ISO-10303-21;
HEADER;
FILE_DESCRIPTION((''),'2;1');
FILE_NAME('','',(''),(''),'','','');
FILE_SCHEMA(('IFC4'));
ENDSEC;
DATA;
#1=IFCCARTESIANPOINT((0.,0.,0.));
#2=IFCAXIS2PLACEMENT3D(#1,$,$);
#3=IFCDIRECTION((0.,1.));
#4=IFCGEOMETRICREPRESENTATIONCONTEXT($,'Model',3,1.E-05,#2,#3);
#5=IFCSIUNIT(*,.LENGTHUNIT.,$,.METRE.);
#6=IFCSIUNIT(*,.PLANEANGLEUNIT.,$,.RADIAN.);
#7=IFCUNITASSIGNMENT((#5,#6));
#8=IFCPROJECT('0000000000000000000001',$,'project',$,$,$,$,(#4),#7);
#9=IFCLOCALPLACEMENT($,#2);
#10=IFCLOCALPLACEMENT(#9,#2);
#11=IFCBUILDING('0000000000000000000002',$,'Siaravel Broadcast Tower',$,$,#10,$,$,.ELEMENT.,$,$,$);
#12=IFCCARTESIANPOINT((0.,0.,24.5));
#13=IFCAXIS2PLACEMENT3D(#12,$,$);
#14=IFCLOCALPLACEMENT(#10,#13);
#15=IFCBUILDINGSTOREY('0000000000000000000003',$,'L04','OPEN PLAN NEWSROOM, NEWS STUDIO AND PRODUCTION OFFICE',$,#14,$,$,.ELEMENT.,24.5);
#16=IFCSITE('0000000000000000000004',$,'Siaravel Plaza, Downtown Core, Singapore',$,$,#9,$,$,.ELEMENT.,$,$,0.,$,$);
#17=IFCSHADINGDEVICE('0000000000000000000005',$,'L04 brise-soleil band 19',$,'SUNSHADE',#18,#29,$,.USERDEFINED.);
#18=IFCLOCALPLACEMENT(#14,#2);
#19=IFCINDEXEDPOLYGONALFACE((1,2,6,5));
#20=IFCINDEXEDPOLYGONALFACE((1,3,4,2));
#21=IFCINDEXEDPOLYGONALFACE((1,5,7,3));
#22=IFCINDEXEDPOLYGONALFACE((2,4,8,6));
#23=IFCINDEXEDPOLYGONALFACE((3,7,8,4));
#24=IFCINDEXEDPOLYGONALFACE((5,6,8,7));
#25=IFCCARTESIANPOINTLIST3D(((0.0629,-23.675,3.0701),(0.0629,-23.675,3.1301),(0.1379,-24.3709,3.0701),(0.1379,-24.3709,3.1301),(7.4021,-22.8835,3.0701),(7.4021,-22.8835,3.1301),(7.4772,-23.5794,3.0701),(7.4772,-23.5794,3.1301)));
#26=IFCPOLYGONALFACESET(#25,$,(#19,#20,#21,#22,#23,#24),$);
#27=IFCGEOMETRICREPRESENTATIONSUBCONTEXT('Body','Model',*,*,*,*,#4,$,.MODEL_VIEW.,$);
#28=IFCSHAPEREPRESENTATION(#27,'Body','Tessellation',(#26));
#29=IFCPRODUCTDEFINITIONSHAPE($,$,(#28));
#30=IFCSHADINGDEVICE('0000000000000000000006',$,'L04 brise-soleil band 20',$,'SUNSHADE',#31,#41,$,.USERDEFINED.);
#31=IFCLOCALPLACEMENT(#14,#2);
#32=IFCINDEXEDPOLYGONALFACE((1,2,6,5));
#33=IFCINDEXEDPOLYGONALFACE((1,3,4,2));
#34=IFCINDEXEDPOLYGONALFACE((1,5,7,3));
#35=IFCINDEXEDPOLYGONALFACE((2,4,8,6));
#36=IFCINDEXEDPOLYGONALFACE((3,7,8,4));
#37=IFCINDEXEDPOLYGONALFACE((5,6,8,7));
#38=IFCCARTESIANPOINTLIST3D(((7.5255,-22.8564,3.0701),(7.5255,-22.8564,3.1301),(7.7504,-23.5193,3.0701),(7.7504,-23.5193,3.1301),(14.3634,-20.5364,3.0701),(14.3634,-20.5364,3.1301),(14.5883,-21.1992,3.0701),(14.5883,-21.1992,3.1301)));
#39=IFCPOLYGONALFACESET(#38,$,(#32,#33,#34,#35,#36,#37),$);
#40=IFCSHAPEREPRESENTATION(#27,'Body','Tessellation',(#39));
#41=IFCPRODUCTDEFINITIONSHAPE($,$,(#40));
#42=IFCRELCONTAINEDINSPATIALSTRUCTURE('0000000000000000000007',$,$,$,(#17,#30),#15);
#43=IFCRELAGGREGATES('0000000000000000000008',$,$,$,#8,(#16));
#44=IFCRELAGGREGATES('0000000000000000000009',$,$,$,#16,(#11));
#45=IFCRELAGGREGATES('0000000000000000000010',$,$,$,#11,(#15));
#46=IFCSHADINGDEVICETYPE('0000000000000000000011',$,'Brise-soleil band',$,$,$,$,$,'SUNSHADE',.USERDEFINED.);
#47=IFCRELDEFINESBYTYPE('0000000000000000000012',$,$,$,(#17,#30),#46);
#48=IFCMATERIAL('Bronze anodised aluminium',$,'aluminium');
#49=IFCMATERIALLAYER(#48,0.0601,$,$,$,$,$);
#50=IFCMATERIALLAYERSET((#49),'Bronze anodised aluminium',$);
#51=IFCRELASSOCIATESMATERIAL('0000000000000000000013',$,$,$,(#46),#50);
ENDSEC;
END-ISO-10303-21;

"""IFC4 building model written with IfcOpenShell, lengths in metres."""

from ifc_helpers import new_model, si_unit, direction, frame, origin, origin_2d, place, context, subcontext, project, spatial, rectangle, extrude, material, layer, layer_set, type_object, element, save


model = new_model("IFC4")

# Units and contexts
model_context = context("Model", 3, precision=1e-05, world=origin(), true_north=direction((0.0, 1.0)))
body_context = subcontext(model_context, "Body", "Model", "MODEL_VIEW")
ifc_project = project(units=[si_unit("LENGTHUNIT", "METRE"), si_unit("PLANEANGLEUNIT", "RADIAN")], contexts=[model_context])

# Site, building, storey
site_placement = place(None, origin())
site = spatial("IfcSite", under=ifc_project, at=site_placement, Name="Siaravel Plaza, Downtown Core, Singapore", CompositionType="ELEMENT", RefElevation=0.0)
building_placement = place(site_placement, origin())
building = spatial("IfcBuilding", under=site, at=building_placement, Name="Siaravel Broadcast Tower", CompositionType="ELEMENT")
storey_placement = place(building_placement, frame((0.0, 0.0, 24.5)))
storey = spatial("IfcBuildingStorey", under=building, at=storey_placement, Name="L04", Description="OPEN PLAN NEWSROOM, NEWS STUDIO AND PRODUCTION OFFICE", CompositionType="ELEMENT", Elevation=24.5)

# Shading devices
ifc_material_1 = material(Name="Bronze anodised aluminium", Category="aluminium")
ifc_layer_1 = layer(ifc_material_1, 0.0601)
ifc_layer_set_1 = layer_set([ifc_layer_1], Name="Bronze anodised aluminium")
shading_device_type = type_object("IfcShadingDeviceType", Name="Brise-soleil band", ElementType="SUNSHADE", PredefinedType="USERDEFINED", material=ifc_layer_set_1)
shading_device_1_placement = place(storey_placement, frame((3.77, -23.6272, 3.0701), z_axis=(0.0, 0.0, 1.0), x_axis=(0.994236, 0.107217, 0.0)))
element("IfcShadingDevice", 1, at=shading_device_1_placement, inside=storey, type_object=shading_device_type, Name="L04 brise-soleil band 19", ObjectType="SUNSHADE", PredefinedType="USERDEFINED", context=body_context, shape_type="SweptSolid", body=[
    extrude(rectangle(XDim=7.3818, YDim=0.7, at=origin_2d()), origin(), (0.0, 0.0, 1.0), 0.0601),
])
shading_device_2_placement = place(storey_placement, frame((11.0569, -22.0278, 3.0701), z_axis=(0.0, 0.0, 1.0), x_axis=(0.946977, 0.321301, 0.0)))
element("IfcShadingDevice", 2, at=shading_device_2_placement, inside=storey, type_object=shading_device_type, Name="L04 brise-soleil band 20", ObjectType="SUNSHADE", PredefinedType="USERDEFINED", context=body_context, shape_type="SweptSolid", body=[
    extrude(rectangle(XDim=7.2207, YDim=0.7, at=origin_2d()), origin(), (0.0, 0.0, 1.0), 0.0601),
])

save(model, "model.ifc")
